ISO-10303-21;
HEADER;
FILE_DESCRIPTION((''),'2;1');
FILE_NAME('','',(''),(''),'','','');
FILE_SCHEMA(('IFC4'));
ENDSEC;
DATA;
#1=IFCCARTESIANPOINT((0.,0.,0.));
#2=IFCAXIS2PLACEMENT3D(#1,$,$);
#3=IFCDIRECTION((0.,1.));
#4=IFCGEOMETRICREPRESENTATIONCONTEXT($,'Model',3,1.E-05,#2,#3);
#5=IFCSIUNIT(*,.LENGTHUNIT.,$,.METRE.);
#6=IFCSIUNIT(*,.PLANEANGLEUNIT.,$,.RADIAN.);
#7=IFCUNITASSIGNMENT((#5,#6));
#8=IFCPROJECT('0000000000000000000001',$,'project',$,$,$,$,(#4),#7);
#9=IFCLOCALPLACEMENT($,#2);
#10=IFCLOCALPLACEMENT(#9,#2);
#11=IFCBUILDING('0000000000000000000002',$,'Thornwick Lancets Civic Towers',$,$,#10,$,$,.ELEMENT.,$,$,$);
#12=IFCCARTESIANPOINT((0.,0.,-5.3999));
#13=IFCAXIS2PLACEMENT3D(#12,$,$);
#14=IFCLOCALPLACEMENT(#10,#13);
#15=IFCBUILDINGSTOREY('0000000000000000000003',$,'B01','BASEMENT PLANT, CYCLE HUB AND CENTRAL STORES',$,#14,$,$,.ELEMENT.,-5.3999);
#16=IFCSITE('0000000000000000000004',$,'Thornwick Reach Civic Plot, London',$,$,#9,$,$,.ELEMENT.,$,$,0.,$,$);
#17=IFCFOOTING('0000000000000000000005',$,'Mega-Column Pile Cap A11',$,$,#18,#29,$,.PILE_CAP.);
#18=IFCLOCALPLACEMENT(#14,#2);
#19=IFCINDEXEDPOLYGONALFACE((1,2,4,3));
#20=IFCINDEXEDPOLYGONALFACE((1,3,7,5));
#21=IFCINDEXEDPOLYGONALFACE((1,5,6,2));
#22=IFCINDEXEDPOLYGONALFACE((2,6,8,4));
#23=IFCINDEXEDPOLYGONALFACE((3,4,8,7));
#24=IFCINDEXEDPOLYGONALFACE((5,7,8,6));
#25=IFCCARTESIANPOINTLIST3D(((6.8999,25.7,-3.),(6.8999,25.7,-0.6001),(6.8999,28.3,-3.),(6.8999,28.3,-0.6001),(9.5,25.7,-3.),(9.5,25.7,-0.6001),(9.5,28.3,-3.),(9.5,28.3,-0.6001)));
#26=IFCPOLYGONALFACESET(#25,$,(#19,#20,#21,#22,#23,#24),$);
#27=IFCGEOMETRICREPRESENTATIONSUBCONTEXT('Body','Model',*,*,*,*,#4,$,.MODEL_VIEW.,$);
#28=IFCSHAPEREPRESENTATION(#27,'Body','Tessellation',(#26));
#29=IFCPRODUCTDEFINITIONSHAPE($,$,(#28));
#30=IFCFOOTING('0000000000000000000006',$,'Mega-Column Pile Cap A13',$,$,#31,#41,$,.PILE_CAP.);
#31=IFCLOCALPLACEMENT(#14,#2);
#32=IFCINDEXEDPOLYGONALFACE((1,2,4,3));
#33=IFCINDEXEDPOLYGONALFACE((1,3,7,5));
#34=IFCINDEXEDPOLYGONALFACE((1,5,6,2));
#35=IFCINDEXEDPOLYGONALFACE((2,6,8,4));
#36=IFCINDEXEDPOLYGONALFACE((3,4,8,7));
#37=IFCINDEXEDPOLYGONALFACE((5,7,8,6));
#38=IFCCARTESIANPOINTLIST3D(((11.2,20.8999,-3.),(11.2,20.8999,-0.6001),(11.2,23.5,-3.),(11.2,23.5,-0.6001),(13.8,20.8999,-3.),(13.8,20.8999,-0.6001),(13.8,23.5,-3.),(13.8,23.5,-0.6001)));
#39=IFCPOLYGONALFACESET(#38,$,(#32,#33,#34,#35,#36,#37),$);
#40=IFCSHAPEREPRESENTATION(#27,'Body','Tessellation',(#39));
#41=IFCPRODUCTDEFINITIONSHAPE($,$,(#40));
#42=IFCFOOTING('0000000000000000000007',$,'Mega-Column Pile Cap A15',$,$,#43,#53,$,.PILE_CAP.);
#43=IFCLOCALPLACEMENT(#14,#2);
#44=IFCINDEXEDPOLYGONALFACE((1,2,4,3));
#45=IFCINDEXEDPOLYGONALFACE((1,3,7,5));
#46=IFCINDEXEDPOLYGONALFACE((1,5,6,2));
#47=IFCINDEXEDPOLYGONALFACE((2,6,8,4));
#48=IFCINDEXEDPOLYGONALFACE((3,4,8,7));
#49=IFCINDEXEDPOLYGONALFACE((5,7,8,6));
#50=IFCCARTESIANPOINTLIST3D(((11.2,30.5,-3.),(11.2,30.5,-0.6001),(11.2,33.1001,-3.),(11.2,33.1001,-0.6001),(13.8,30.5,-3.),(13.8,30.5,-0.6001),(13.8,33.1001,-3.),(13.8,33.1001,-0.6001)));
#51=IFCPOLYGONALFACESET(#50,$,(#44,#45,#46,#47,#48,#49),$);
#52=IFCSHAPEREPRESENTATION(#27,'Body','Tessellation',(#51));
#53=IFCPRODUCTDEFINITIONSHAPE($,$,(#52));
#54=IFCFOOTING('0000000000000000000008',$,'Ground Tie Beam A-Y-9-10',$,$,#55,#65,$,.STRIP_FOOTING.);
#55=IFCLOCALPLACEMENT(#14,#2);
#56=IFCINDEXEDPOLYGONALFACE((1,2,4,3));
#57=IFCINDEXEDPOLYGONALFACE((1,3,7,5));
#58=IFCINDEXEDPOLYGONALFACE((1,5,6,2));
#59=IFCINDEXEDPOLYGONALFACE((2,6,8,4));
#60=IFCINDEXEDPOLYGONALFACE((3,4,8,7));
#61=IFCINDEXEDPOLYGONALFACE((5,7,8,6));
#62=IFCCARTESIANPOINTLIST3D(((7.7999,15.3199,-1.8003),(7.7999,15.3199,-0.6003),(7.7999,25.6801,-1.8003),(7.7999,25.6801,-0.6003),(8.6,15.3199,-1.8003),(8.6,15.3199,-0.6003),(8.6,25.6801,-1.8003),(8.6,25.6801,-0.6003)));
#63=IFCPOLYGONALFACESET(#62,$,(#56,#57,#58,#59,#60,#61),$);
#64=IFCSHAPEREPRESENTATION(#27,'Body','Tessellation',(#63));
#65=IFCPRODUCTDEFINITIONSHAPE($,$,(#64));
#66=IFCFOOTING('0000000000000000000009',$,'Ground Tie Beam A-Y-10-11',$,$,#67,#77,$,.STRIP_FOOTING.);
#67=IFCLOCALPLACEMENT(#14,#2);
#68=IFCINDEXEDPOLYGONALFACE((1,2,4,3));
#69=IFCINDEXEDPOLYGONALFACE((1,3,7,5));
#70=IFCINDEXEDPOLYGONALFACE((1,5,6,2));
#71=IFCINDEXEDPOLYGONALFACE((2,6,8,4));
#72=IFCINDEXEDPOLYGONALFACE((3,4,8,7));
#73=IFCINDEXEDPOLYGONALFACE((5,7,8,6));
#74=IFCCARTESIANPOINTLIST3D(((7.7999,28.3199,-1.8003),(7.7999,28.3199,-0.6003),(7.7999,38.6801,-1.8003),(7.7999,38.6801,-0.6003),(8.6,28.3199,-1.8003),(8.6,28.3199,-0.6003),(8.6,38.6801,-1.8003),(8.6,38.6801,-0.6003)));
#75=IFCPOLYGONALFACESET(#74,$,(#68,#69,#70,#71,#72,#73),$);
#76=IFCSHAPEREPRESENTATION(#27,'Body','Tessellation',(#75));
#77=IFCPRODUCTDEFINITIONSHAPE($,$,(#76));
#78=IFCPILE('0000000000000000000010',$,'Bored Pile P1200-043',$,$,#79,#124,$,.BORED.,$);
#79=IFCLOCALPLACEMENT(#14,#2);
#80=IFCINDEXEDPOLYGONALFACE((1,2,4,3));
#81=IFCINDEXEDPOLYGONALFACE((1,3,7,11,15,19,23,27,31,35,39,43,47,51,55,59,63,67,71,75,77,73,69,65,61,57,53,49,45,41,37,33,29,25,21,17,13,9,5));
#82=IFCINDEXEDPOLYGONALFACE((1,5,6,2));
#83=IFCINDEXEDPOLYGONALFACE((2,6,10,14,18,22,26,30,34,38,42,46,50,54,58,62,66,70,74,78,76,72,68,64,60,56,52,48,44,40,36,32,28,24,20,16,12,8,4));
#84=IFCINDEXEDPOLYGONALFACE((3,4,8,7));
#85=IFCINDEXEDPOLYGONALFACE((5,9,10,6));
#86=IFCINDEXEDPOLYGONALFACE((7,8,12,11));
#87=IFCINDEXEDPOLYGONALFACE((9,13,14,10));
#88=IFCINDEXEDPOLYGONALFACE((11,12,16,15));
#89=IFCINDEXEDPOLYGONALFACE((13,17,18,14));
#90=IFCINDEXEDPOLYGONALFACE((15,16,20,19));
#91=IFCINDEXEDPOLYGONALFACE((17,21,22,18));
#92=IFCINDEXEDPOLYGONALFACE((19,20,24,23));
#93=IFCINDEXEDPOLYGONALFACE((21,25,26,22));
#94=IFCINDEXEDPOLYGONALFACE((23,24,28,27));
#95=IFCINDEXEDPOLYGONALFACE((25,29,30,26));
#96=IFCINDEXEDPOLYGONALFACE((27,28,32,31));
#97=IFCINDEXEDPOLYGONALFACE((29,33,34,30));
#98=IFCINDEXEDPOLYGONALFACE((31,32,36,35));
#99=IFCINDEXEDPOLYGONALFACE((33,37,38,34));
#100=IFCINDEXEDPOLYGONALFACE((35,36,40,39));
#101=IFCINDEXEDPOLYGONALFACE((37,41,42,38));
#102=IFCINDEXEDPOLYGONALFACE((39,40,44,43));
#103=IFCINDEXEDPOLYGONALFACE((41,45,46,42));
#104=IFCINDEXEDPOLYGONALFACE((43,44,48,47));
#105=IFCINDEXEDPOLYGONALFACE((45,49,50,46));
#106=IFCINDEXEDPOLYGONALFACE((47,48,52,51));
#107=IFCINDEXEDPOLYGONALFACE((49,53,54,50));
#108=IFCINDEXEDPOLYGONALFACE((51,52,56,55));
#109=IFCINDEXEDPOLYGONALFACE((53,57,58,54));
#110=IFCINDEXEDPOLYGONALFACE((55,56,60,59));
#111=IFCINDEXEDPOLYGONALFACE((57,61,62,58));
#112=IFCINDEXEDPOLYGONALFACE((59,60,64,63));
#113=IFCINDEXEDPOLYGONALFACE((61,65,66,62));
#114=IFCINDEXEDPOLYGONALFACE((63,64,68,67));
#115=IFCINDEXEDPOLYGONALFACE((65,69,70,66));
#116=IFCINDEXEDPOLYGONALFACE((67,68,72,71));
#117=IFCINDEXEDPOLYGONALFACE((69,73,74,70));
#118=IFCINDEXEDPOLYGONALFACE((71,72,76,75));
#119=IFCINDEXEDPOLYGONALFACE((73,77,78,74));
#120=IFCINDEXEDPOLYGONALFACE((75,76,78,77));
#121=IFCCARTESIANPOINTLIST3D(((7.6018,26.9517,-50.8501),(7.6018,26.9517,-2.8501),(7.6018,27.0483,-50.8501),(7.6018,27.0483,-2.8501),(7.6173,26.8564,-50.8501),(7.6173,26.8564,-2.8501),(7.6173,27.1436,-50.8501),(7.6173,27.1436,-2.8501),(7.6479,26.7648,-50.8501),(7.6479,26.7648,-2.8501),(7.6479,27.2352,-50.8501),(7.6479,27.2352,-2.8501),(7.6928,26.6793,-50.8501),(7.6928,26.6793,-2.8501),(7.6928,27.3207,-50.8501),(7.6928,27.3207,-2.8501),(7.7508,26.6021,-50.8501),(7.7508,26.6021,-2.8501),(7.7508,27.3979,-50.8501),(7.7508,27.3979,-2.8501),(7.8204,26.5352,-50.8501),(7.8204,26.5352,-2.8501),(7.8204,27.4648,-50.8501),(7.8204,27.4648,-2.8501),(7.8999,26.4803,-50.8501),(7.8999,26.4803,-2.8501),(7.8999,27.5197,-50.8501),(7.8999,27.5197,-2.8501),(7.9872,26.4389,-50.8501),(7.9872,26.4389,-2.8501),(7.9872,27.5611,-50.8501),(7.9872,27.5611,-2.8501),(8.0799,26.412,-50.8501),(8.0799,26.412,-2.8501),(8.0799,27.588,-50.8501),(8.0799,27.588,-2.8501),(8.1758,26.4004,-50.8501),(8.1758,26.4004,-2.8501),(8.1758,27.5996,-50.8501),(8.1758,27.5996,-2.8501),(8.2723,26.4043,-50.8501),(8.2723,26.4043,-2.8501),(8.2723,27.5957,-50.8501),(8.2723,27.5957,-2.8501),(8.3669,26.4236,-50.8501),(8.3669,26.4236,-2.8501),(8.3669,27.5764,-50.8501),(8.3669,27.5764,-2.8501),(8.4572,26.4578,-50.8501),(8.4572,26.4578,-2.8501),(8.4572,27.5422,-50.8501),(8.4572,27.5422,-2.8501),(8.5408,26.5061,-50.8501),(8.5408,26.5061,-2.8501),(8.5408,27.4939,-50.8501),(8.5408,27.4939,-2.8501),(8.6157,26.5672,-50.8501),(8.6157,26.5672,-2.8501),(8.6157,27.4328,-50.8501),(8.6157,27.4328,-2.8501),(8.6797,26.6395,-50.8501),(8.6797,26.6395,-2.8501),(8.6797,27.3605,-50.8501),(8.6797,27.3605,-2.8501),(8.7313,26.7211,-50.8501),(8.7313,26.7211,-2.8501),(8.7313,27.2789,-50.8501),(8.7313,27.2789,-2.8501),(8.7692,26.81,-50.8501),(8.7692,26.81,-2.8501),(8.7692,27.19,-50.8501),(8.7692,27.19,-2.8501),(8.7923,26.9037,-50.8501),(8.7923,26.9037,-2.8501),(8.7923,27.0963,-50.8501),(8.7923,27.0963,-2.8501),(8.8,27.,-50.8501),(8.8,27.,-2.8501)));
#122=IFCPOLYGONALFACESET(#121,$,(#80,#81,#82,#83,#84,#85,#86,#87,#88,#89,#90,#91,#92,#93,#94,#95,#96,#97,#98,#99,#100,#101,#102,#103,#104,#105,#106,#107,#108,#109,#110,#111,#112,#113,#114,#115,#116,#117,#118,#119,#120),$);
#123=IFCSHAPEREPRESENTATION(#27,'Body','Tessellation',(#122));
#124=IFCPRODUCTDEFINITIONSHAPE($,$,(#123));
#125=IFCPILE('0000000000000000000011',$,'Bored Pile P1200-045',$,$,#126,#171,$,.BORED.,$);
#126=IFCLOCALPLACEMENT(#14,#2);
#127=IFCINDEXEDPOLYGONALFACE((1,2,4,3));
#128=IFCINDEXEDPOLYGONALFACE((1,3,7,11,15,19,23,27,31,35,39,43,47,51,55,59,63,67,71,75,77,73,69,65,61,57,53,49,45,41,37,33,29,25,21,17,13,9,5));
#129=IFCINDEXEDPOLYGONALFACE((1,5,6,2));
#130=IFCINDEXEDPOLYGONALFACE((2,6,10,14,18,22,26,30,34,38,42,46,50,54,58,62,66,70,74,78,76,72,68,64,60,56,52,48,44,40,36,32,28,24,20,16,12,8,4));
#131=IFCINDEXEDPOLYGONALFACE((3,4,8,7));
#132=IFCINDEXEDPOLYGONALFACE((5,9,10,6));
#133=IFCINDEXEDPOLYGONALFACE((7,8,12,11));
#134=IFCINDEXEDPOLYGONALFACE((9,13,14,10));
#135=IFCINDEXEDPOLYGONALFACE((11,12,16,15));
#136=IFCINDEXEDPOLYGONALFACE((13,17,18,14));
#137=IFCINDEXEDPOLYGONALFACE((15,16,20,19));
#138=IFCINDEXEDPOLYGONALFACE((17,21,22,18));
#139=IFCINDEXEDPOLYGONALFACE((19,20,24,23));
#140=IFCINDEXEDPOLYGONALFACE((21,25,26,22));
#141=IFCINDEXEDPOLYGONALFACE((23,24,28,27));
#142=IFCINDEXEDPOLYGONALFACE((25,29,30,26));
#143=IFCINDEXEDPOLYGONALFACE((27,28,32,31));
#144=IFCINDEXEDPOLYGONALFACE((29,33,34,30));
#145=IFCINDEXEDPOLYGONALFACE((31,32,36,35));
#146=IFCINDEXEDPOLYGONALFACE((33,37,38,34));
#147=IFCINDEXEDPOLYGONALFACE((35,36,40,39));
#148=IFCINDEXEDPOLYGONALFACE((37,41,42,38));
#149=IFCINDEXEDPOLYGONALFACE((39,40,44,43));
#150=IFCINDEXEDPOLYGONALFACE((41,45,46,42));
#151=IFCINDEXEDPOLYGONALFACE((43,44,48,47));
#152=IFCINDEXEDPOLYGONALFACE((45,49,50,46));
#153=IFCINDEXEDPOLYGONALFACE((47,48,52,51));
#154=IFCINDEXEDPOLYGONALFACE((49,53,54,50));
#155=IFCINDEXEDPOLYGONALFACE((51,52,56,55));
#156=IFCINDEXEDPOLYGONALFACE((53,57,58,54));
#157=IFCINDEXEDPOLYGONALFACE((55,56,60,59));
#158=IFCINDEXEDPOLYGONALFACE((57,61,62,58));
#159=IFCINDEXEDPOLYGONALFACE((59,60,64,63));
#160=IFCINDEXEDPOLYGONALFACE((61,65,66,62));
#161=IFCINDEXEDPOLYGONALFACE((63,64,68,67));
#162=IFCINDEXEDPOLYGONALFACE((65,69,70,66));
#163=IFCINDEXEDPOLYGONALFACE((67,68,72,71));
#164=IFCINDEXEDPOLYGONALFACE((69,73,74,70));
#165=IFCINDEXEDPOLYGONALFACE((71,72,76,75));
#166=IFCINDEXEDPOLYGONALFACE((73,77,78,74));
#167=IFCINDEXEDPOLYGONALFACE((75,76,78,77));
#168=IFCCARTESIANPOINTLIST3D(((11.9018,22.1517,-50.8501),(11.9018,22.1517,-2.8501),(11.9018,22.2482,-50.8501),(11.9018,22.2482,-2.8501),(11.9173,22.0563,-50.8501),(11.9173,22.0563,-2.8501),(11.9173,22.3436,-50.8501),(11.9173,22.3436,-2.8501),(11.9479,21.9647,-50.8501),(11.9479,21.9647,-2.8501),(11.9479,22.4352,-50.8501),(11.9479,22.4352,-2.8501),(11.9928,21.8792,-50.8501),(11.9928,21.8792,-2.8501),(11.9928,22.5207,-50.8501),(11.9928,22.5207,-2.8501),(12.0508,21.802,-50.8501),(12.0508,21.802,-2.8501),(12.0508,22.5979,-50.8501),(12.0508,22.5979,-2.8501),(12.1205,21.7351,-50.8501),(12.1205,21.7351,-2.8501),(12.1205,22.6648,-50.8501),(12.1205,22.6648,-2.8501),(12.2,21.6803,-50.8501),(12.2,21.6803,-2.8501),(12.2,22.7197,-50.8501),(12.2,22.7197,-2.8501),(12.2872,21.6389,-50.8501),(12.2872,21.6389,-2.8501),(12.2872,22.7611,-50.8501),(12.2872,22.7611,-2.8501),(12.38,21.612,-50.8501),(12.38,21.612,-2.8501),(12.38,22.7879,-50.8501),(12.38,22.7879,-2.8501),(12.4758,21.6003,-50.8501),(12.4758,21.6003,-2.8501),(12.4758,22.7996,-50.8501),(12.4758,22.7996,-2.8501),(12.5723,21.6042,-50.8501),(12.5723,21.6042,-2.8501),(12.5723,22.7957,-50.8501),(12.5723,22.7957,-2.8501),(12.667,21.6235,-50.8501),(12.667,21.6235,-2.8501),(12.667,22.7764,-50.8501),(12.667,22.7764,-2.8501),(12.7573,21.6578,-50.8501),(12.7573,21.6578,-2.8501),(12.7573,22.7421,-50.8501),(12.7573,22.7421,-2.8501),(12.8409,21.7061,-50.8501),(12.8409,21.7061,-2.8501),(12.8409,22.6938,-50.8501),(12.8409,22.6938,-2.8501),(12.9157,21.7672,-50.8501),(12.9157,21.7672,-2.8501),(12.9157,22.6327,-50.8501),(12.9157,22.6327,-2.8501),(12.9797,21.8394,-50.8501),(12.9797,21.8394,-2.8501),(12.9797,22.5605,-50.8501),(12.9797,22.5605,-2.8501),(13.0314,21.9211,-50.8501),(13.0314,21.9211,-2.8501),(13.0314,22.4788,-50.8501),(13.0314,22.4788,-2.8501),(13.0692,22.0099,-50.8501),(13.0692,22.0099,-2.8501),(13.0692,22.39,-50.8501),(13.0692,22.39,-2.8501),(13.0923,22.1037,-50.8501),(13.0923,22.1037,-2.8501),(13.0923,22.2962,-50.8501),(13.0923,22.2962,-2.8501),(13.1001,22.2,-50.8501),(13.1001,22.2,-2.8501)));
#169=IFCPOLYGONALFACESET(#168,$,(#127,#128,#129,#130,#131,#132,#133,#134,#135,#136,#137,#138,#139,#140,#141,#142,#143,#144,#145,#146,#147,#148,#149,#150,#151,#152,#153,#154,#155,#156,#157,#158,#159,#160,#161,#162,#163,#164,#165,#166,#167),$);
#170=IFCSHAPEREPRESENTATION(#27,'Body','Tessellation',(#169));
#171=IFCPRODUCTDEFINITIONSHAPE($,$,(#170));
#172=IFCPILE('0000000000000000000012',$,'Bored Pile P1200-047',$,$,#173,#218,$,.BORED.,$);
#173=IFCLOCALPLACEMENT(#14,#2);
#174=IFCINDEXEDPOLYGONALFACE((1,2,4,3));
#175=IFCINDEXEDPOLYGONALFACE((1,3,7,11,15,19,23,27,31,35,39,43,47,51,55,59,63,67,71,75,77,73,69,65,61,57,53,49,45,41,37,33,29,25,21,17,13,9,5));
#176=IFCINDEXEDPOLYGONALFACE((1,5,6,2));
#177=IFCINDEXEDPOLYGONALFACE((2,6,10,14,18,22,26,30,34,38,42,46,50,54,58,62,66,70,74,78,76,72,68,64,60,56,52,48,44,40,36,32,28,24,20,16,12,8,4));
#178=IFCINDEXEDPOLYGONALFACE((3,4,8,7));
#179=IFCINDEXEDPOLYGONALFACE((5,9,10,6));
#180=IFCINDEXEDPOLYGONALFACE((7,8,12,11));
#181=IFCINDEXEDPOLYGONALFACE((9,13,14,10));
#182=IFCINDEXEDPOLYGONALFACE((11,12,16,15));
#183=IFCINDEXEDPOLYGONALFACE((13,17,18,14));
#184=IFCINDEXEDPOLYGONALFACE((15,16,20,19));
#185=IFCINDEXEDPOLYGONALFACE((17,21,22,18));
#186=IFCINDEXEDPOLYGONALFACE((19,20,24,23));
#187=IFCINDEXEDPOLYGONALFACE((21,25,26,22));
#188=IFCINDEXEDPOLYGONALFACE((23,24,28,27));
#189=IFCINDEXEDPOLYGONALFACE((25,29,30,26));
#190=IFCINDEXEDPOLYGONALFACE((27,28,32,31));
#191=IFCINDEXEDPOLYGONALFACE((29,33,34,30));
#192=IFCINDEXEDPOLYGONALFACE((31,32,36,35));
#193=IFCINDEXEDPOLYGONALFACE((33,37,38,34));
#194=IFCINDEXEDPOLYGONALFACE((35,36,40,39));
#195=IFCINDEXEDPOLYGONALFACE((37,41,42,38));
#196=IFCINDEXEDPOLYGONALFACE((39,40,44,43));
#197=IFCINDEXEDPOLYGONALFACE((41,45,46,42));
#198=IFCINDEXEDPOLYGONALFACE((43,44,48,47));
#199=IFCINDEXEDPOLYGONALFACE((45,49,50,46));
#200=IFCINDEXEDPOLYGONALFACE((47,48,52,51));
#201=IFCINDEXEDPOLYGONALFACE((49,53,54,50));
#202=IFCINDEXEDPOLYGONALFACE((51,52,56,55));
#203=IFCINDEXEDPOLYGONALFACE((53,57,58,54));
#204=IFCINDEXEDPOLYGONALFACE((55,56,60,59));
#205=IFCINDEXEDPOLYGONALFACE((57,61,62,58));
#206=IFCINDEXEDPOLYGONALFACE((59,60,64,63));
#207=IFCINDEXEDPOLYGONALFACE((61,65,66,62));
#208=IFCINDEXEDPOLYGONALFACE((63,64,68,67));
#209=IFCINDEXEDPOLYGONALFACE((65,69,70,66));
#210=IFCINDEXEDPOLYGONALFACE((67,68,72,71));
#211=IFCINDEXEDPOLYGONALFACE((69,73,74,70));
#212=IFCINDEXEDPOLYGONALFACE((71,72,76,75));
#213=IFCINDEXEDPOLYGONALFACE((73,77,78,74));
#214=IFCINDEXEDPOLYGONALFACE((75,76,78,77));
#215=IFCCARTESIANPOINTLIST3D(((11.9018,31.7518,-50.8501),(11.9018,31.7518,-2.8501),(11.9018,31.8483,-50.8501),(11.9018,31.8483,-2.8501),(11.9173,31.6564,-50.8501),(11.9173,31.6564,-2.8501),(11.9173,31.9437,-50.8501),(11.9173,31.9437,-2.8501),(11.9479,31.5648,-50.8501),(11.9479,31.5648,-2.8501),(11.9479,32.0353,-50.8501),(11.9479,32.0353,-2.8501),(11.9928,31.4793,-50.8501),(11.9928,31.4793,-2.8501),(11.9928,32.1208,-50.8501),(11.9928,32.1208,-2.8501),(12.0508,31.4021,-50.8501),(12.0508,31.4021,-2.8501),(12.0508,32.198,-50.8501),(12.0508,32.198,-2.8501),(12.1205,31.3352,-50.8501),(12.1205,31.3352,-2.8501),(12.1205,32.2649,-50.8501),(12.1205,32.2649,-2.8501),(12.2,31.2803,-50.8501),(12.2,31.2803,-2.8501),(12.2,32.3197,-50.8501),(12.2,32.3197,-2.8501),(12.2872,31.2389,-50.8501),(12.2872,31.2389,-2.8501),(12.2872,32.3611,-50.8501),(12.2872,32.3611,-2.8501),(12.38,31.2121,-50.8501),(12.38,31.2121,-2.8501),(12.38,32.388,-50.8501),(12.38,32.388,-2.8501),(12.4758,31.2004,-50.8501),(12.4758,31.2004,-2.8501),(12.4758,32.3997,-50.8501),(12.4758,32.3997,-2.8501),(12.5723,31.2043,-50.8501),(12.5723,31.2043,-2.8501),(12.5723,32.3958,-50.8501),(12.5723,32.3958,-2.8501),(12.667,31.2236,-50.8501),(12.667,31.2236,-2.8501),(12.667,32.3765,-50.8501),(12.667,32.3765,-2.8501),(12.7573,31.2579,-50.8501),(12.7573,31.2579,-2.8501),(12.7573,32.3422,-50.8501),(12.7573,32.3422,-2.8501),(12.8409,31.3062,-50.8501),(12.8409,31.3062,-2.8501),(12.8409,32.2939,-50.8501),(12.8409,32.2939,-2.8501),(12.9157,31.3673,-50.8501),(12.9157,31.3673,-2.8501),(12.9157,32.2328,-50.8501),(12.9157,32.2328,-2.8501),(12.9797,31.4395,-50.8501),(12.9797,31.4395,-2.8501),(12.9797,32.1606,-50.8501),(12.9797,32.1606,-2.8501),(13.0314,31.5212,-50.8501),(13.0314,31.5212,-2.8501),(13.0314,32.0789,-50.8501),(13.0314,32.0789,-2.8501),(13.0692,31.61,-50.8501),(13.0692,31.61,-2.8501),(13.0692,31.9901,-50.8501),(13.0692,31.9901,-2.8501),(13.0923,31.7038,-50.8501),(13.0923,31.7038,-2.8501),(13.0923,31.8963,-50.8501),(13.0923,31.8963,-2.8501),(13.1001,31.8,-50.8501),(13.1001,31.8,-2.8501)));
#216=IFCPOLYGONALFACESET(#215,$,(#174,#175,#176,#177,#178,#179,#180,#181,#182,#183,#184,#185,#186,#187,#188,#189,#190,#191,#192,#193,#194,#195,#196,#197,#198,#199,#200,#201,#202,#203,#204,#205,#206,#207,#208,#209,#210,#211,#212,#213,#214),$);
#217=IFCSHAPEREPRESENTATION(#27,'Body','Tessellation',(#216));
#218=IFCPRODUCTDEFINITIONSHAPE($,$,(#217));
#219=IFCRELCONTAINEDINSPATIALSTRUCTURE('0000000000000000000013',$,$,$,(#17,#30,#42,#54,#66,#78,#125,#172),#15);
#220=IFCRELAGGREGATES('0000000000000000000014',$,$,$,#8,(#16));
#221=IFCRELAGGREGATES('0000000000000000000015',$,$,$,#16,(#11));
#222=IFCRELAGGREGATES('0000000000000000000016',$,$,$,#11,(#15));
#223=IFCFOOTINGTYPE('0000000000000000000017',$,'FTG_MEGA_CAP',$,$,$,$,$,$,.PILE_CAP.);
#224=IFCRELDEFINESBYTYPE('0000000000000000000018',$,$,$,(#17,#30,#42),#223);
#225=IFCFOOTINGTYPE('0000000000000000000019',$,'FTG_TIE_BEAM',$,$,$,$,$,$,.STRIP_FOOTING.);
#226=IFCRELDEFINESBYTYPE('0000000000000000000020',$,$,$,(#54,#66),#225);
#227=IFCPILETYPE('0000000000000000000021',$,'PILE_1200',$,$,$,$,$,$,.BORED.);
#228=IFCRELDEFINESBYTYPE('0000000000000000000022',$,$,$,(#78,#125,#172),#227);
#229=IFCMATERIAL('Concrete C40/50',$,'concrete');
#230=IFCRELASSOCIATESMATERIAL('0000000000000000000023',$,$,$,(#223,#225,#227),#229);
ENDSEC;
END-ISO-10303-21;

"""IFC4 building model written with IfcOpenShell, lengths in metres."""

from ifc_helpers import new_model, si_unit, direction, frame, origin, origin_2d, place, context, subcontext, project, spatial, rectangle, circle, extrude, material, material_profile, profile_set, type_object, element, save


model = new_model("IFC4")

# Units and contexts
model_context = context("Model", 3, precision=1e-05, world=origin(), true_north=direction((0.0, 1.0)))
body_context = subcontext(model_context, "Body", "Model", "MODEL_VIEW")
ifc_project = project(units=[si_unit("LENGTHUNIT", "METRE"), si_unit("PLANEANGLEUNIT", "RADIAN")], contexts=[model_context])

# Site, building, storey
site_placement = place(None, origin())
site = spatial("IfcSite", under=ifc_project, at=site_placement, Name="Thornwick Reach Civic Plot, London", CompositionType="ELEMENT", RefElevation=0.0)
building_placement = place(site_placement, origin())
building = spatial("IfcBuilding", under=site, at=building_placement, Name="Thornwick Lancets Civic Towers", CompositionType="ELEMENT")
storey_placement = place(building_placement, frame((0.0, 0.0, -5.3999)))
storey = spatial("IfcBuildingStorey", under=building, at=storey_placement, Name="B01", Description="BASEMENT PLANT, CYCLE HUB AND CENTRAL STORES", CompositionType="ELEMENT", Elevation=-5.3999)

# Footings
ifc_material_1 = material(Name="Concrete C40/50", Category="concrete")
footing_type_1 = type_object("IfcFootingType", Name="FTG_MEGA_CAP", PredefinedType="PILE_CAP", material=ifc_material_1)
for number, where, z_axis, x_axis, name in (
    (1, (8.2, 27.0, -3.0), (0.0, 0.0, 1.0), (1.0, 0.0, 0.0), "Mega-Column Pile Cap A11"),
    (2, (12.5, 22.2, -3.0), (0.0, 0.0, 1.0), (1.0, 0.0, 0.0), "Mega-Column Pile Cap A13"),
    (3, (12.5, 31.8, -3.0), (0.0, 0.0, 1.0), (1.0, 0.0, 0.0), "Mega-Column Pile Cap A15"),
):
    element("IfcFooting", number, at=place(storey_placement, frame(where, z_axis=z_axis, x_axis=x_axis)), inside=storey, type_object=footing_type_1, Name=name, PredefinedType="PILE_CAP", context=body_context, shape_type="SweptSolid", body=[
        extrude(rectangle(XDim=2.6001, YDim=2.6001, at=origin_2d()), origin(), (0.0, 0.0, 1.0), 2.3999),
    ])
footing_type_2 = type_object("IfcFootingType", Name="FTG_TIE_BEAM", PredefinedType="STRIP_FOOTING", material=ifc_material_1)
for number, where, z_axis, x_axis, name in (
    (4, (8.2, 20.5, -1.8003), (0.0, 0.0, 1.0), (1.0, 0.0, 0.0), "Ground Tie Beam A-Y-9-10"),
    (5, (8.2, 33.5, -1.8003), (0.0, 0.0, 1.0), (1.0, 0.0, 0.0), "Ground Tie Beam A-Y-10-11"),
):
    element("IfcFooting", number, at=place(storey_placement, frame(where, z_axis=z_axis, x_axis=x_axis)), inside=storey, type_object=footing_type_2, Name=name, PredefinedType="STRIP_FOOTING", context=body_context, shape_type="SweptSolid", body=[
        extrude(rectangle(XDim=0.8, YDim=10.3601, at=origin_2d()), origin(), (0.0, 0.0, 1.0), 1.2),
    ])

# Piles
ifc_material_profile_1 = material_profile(ifc_material_1, circle(Radius=0.6001, at=origin_2d()), Name="PILE D1200")
ifc_profile_set_1 = profile_set([ifc_material_profile_1], Name="Concrete C40/50")
pile_type = type_object("IfcPileType", Name="PILE_1200", PredefinedType="BORED", material=ifc_profile_set_1)
for number, where, z_axis, x_axis, name in (
    (6, (8.2, 27.0, -2.8501), (0.0, 0.0, -1.0), (1.0, 0.0, 0.0), "Bored Pile P1200-043"),
    (7, (12.5, 22.2, -2.8501), (0.0, 0.0, -1.0), (1.0, 0.0, 0.0), "Bored Pile P1200-045"),
    (8, (12.5, 31.8, -2.8501), (0.0, 0.0, -1.0), (1.0, 0.0, 0.0), "Bored Pile P1200-047"),
):
    element("IfcPile", number, at=place(storey_placement, frame(where, z_axis=z_axis, x_axis=x_axis)), inside=storey, type_object=pile_type, Name=name, PredefinedType="BORED", context=body_context, shape_type="SweptSolid", body=[
        extrude(circle(Radius=0.6001, at=origin_2d()), origin(), (0.0, 0.0, 1.0), 48.0),
    ])

save(model, "model.ifc")
